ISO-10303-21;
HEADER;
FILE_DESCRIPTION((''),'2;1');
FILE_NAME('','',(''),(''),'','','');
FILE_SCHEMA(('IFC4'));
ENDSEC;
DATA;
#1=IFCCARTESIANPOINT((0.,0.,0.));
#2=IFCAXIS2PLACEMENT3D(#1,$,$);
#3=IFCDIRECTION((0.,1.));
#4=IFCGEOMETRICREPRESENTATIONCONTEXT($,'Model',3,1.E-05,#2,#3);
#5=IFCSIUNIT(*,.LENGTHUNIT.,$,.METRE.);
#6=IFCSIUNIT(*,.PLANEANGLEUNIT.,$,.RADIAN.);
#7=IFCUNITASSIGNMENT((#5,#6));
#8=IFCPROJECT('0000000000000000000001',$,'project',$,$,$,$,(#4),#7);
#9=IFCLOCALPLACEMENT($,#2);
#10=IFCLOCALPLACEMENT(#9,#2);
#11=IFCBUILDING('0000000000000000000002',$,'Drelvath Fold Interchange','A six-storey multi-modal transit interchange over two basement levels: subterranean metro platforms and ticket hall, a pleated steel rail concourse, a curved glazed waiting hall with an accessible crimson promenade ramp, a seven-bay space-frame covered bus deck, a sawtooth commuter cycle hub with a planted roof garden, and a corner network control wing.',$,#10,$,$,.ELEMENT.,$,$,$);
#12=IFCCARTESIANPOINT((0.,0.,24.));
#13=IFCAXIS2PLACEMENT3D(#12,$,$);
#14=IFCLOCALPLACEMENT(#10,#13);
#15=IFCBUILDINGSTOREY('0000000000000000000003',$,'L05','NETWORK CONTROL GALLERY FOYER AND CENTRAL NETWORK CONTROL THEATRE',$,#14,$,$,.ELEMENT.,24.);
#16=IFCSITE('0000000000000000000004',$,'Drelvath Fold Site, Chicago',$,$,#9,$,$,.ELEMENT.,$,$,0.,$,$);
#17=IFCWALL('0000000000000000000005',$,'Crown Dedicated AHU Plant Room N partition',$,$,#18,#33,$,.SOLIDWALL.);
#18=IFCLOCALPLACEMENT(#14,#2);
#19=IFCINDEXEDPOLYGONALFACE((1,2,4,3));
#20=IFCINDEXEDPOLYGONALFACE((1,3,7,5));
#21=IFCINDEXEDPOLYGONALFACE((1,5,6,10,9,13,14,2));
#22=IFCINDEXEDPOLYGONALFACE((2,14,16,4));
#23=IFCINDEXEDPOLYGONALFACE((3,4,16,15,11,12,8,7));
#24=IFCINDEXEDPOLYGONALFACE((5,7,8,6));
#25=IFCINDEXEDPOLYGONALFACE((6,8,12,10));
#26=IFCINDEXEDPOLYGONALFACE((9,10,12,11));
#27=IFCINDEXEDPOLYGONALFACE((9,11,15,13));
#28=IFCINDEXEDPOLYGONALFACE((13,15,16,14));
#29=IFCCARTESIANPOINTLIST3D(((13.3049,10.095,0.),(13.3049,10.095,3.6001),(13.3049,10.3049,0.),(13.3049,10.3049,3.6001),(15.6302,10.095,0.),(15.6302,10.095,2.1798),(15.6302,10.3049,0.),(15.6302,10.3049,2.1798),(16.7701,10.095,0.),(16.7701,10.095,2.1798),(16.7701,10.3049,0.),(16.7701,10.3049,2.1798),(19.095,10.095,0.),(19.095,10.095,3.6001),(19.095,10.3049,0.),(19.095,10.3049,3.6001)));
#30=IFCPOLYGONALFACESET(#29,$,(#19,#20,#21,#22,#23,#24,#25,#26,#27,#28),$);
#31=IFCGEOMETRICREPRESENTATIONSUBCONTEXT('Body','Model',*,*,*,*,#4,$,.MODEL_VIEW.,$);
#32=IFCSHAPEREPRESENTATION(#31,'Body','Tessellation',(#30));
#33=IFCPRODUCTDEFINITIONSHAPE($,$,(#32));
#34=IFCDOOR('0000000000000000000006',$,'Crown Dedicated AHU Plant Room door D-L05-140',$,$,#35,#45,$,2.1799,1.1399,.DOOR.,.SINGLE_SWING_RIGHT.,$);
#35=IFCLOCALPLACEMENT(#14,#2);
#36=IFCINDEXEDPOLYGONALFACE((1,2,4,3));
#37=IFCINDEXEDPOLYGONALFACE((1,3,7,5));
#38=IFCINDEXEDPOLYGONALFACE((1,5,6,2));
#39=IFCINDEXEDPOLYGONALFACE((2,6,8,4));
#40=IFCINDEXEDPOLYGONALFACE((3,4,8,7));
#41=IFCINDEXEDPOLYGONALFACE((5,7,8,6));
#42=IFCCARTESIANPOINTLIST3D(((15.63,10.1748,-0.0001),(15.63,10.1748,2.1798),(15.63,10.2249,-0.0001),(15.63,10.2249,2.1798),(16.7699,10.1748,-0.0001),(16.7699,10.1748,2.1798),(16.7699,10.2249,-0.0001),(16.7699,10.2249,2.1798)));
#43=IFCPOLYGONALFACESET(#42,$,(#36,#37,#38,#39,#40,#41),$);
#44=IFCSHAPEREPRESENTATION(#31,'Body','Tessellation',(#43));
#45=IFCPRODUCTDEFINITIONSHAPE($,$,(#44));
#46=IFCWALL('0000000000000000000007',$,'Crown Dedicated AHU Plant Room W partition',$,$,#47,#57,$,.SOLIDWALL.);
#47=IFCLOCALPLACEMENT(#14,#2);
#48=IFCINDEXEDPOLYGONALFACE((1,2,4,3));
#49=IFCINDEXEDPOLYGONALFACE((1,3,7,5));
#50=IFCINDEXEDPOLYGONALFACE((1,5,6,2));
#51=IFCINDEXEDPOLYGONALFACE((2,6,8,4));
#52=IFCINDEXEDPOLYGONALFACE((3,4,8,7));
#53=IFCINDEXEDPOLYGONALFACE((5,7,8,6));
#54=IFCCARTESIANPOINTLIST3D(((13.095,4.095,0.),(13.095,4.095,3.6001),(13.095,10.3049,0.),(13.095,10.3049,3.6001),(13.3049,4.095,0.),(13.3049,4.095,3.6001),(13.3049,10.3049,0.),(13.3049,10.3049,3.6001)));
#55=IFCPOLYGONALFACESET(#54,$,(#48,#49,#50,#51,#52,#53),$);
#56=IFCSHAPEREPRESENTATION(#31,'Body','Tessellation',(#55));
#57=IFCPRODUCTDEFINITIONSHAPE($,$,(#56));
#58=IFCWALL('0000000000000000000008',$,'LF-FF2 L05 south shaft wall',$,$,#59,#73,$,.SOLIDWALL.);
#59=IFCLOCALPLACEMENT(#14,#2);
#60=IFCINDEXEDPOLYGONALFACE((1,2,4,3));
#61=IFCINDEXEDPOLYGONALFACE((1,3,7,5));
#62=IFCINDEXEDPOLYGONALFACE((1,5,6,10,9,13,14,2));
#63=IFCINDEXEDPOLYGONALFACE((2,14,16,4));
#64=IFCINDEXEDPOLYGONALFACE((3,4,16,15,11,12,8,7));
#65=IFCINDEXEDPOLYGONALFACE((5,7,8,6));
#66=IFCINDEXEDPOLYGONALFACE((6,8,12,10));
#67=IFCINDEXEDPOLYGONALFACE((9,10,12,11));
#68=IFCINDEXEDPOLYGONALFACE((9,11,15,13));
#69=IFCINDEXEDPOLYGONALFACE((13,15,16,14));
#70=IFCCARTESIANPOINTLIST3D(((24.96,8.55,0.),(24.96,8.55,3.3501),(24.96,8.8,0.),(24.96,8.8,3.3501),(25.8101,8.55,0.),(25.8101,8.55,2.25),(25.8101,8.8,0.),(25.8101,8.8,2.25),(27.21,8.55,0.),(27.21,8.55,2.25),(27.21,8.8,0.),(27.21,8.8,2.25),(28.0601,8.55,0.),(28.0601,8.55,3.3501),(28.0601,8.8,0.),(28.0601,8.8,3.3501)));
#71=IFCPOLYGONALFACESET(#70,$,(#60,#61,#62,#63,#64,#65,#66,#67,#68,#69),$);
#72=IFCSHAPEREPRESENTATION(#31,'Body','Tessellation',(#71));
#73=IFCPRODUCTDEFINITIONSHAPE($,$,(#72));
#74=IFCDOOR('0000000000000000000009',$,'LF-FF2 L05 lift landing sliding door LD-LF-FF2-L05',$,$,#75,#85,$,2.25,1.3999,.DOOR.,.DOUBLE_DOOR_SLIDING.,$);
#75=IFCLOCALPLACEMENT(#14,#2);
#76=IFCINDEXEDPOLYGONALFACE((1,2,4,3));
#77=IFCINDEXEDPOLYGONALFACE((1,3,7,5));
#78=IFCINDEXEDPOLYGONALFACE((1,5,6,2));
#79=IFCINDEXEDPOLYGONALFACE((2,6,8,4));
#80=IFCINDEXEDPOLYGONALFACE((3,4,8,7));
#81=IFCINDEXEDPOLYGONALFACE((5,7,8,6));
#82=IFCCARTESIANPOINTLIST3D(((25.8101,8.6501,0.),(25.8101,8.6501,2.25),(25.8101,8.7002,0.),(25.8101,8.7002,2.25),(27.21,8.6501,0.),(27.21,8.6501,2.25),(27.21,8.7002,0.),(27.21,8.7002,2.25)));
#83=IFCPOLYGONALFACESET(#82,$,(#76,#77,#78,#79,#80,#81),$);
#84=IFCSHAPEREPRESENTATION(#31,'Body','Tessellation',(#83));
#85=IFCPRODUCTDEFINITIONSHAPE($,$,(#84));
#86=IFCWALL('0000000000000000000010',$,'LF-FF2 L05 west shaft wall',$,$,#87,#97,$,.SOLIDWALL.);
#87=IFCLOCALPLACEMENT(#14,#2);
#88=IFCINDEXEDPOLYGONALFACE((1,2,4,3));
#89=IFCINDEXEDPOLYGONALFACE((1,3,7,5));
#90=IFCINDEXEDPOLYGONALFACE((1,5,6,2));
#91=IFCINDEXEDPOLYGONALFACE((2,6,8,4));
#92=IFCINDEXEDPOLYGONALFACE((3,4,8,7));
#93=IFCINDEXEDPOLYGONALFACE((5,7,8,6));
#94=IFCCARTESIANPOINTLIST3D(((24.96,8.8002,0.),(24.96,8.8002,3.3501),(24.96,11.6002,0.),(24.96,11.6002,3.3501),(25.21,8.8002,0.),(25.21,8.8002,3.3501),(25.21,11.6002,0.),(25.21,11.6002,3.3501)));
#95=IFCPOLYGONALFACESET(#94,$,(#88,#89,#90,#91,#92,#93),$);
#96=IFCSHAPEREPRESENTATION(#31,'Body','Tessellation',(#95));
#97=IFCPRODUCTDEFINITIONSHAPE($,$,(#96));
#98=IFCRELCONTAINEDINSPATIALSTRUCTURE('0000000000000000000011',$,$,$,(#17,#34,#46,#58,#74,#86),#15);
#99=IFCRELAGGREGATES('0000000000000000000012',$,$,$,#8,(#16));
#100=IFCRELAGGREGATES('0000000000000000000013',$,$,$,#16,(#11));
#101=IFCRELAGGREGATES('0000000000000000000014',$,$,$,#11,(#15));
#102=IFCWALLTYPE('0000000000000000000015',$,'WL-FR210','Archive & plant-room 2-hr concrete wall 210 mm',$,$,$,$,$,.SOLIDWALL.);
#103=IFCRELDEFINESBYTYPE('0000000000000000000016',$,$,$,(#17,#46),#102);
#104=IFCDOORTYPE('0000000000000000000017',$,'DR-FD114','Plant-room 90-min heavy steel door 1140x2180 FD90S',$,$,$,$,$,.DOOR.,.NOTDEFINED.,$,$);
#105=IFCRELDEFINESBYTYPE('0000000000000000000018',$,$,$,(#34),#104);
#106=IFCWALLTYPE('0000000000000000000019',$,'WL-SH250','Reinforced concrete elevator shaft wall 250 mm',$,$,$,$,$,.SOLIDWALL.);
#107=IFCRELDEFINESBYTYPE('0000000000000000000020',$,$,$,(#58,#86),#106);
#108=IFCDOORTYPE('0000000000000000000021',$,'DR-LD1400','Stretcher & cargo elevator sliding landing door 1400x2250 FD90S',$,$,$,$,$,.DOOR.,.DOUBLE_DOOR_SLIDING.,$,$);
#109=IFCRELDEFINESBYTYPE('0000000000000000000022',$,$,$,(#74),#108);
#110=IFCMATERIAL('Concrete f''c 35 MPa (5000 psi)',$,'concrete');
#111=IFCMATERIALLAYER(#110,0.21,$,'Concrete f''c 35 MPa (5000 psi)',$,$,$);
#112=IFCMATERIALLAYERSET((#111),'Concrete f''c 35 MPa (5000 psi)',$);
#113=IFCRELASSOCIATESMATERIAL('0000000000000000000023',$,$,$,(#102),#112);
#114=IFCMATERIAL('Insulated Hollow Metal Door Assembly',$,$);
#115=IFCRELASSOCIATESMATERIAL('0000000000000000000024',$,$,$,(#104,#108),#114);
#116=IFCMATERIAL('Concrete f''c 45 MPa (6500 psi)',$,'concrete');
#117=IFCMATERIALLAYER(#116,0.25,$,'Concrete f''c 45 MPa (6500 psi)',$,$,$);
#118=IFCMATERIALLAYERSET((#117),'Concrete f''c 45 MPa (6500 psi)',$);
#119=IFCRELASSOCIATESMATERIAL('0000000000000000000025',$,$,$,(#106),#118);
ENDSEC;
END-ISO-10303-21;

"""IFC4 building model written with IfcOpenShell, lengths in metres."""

from ifc_helpers import new_model, si_unit, direction, frame, frame_2d, origin, place, context, subcontext, project, spatial, rectangle, extrude, material, layer, layer_set, type_object, element, fill, save


model = new_model("IFC4")

# Units and contexts
model_context = context("Model", 3, precision=1e-05, world=origin(), true_north=direction((0.0, 1.0)))
body_context = subcontext(model_context, "Body", "Model", "MODEL_VIEW")
ifc_project = project(units=[si_unit("LENGTHUNIT", "METRE"), si_unit("PLANEANGLEUNIT", "RADIAN")], contexts=[model_context])

# Site, building, storey
site_placement = place(None, origin())
site = spatial("IfcSite", under=ifc_project, at=site_placement, Name="Drelvath Fold Site, Chicago", CompositionType="ELEMENT", RefElevation=0.0)
building_placement = place(site_placement, origin())
building = spatial("IfcBuilding", under=site, at=building_placement, Name="Drelvath Fold Interchange", Description="A six-storey multi-modal transit interchange over two basement levels: subterranean metro platforms and ticket hall, a pleated steel rail concourse, a curved glazed waiting hall with an accessible crimson promenade ramp, a seven-bay space-frame covered bus deck, a sawtooth commuter cycle hub with a planted roof garden, and a corner network control wing.", CompositionType="ELEMENT")
storey_placement = place(building_placement, frame((0.0, 0.0, 24.0)))
storey = spatial("IfcBuildingStorey", under=building, at=storey_placement, Name="L05", Description="NETWORK CONTROL GALLERY FOYER AND CENTRAL NETWORK CONTROL THEATRE", CompositionType="ELEMENT", Elevation=24.0)

# Shared definitions
ifc_material_1 = material(Name="Concrete f'c 45 MPa (6500 psi)", Category="concrete")

# Shared definitions
ifc_material_2 = material(Name="Insulated Hollow Metal Door Assembly")

# Shared definitions
ifc_material_3 = material(Name="Concrete f'c 35 MPa (5000 psi)", Category="concrete")
ifc_layer_1 = layer(ifc_material_3, 0.21, Name="Concrete f'c 35 MPa (5000 psi)")
ifc_layer_set_1 = layer_set([ifc_layer_1], Name="Concrete f'c 35 MPa (5000 psi)")
wall_type_1 = type_object("IfcWallType", Name="WL-FR210", Description="Archive & plant-room 2-hr concrete wall 210 mm", PredefinedType="SOLIDWALL", material=ifc_layer_set_1)

# Wall, opening, door
wall_1_placement = place(storey_placement, frame((19.095, 10.2, 0.0), z_axis=(0.0, 0.0, 1.0), x_axis=(-1.0, 0.0, 0.0)))
wall_1 = element("IfcWall", 1, at=wall_1_placement, inside=storey, type_object=wall_type_1, Name="Crown Dedicated AHU Plant Room N partition", PredefinedType="SOLIDWALL", context=body_context, shape_type="SweptSolid", body=[
    extrude(rectangle(XDim=5.79, YDim=0.21, at=frame_2d((2.895, 0.0))), origin(), (0.0, 0.0, 1.0), 3.6001),
])
opening_1_placement = place(wall_1_placement, frame((2.325, 0.0, 0.0)))
opening_1 = element("IfcOpeningElement", 2, at=opening_1_placement, cuts=wall_1, PredefinedType="OPENING", context=body_context, shape_type="SweptSolid", body=[
    extrude(rectangle(XDim=1.1399, YDim=2.1799, at=frame_2d((0.5698, 1.0898))), frame((0.0, 0.115, 0.0), z_axis=(0.0, -1.0, 0.0), x_axis=(1.0, 0.0, 0.0)), (0.0, 0.0, 1.0), 0.23),
])
door_type_1 = type_object("IfcDoorType", Name="DR-FD114", Description="Plant-room 90-min heavy steel door 1140x2180 FD90S", OperationType="NOTDEFINED", PredefinedType="DOOR", material=ifc_material_2)
door_1_placement = place(opening_1_placement, frame((1.1399, 0.0, 0.0), z_axis=(0.0, 0.0, 1.0), x_axis=(-1.0, 0.0, 0.0)))
door_1 = element("IfcDoor", 3, at=door_1_placement, inside=storey, type_object=door_type_1, Name="Crown Dedicated AHU Plant Room door D-L05-140", OperationType="SINGLE_SWING_RIGHT", OverallHeight=2.1799, OverallWidth=1.1399, PredefinedType="DOOR", context=body_context, shape_type="SweptSolid", body=[
    extrude(rectangle(XDim=1.1399, YDim=2.1799, at=frame_2d((0.5698, 1.0898))), frame((0.0, 0.0249, 0.0), z_axis=(0.0, -1.0, 0.0), x_axis=(1.0, 0.0, 0.0)), (0.0, 0.0, 1.0), 0.05),
])
fill(opening_1, door_1)

# Wall
wall_2_placement = place(storey_placement, frame((13.2, 10.3049, 0.0), z_axis=(0.0, 0.0, 1.0), x_axis=(0.0, -1.0, 0.0)))
element("IfcWall", 4, at=wall_2_placement, inside=storey, type_object=wall_type_1, Name="Crown Dedicated AHU Plant Room W partition", PredefinedType="SOLIDWALL", context=body_context, shape_type="SweptSolid", body=[
    extrude(rectangle(XDim=6.21, YDim=0.21, at=frame_2d((3.105, 0.0))), origin(), (0.0, 0.0, 1.0), 3.6001),
])

# Wall, opening, door
ifc_layer_2 = layer(ifc_material_1, 0.25, Name="Concrete f'c 45 MPa (6500 psi)")
ifc_layer_set_2 = layer_set([ifc_layer_2], Name="Concrete f'c 45 MPa (6500 psi)")
wall_type_2 = type_object("IfcWallType", Name="WL-SH250", Description="Reinforced concrete elevator shaft wall 250 mm", PredefinedType="SOLIDWALL", material=ifc_layer_set_2)
wall_3_placement = place(storey_placement, frame((24.96, 8.675, 0.0), z_axis=(0.0, 0.0, 1.0), x_axis=(1.0, 0.0, 0.0)))
wall_3 = element("IfcWall", 5, at=wall_3_placement, inside=storey, type_object=wall_type_2, Name="LF-FF2 L05 south shaft wall", PredefinedType="SOLIDWALL", context=body_context, shape_type="SweptSolid", body=[
    extrude(rectangle(XDim=3.1001, YDim=0.25, at=frame_2d((1.55, 0.0))), origin(), (0.0, 0.0, 1.0), 3.3501),
])
opening_2_placement = place(wall_3_placement, frame((0.8501, 0.0, 0.0)))
opening_2 = element("IfcOpeningElement", 6, at=opening_2_placement, cuts=wall_3, PredefinedType="OPENING", context=body_context, shape_type="SweptSolid", body=[
    extrude(rectangle(XDim=1.3999, YDim=2.25, at=frame_2d((0.7, 1.125))), frame((0.0, 0.135, 0.0), z_axis=(0.0, -1.0, 0.0), x_axis=(1.0, 0.0, 0.0)), (0.0, 0.0, 1.0), 0.27),
])
door_type_2 = type_object("IfcDoorType", Name="DR-LD1400", Description="Stretcher & cargo elevator sliding landing door 1400x2250 FD90S", OperationType="DOUBLE_DOOR_SLIDING", PredefinedType="DOOR", material=ifc_material_2)
door_2_placement = place(opening_2_placement, frame((1.3999, 0.0, 0.0), z_axis=(0.0, 0.0, 1.0), x_axis=(-1.0, 0.0, 0.0)))
door_2 = element("IfcDoor", 7, at=door_2_placement, inside=storey, type_object=door_type_2, Name="LF-FF2 L05 lift landing sliding door LD-LF-FF2-L05", OperationType="DOUBLE_DOOR_SLIDING", OverallHeight=2.25, OverallWidth=1.3999, PredefinedType="DOOR", context=body_context, shape_type="SweptSolid", body=[
    extrude(rectangle(XDim=1.3999, YDim=2.25, at=frame_2d((0.7, 1.125))), frame((0.0, 0.0249, 0.0), z_axis=(0.0, -1.0, 0.0), x_axis=(1.0, 0.0, 0.0)), (0.0, 0.0, 1.0), 0.05),
])
fill(opening_2, door_2)

# Wall
wall_4_placement = place(storey_placement, frame((25.085, 11.6001, 0.0), z_axis=(0.0, 0.0, 1.0), x_axis=(0.0, -1.0, 0.0)))
element("IfcWall", 8, at=wall_4_placement, inside=storey, type_object=wall_type_2, Name="LF-FF2 L05 west shaft wall", PredefinedType="SOLIDWALL", context=body_context, shape_type="SweptSolid", body=[
    extrude(rectangle(XDim=2.8, YDim=0.25, at=frame_2d((1.3999, 0.0))), origin(), (0.0, 0.0, 1.0), 3.3501),
])

save(model, "model.ifc")
